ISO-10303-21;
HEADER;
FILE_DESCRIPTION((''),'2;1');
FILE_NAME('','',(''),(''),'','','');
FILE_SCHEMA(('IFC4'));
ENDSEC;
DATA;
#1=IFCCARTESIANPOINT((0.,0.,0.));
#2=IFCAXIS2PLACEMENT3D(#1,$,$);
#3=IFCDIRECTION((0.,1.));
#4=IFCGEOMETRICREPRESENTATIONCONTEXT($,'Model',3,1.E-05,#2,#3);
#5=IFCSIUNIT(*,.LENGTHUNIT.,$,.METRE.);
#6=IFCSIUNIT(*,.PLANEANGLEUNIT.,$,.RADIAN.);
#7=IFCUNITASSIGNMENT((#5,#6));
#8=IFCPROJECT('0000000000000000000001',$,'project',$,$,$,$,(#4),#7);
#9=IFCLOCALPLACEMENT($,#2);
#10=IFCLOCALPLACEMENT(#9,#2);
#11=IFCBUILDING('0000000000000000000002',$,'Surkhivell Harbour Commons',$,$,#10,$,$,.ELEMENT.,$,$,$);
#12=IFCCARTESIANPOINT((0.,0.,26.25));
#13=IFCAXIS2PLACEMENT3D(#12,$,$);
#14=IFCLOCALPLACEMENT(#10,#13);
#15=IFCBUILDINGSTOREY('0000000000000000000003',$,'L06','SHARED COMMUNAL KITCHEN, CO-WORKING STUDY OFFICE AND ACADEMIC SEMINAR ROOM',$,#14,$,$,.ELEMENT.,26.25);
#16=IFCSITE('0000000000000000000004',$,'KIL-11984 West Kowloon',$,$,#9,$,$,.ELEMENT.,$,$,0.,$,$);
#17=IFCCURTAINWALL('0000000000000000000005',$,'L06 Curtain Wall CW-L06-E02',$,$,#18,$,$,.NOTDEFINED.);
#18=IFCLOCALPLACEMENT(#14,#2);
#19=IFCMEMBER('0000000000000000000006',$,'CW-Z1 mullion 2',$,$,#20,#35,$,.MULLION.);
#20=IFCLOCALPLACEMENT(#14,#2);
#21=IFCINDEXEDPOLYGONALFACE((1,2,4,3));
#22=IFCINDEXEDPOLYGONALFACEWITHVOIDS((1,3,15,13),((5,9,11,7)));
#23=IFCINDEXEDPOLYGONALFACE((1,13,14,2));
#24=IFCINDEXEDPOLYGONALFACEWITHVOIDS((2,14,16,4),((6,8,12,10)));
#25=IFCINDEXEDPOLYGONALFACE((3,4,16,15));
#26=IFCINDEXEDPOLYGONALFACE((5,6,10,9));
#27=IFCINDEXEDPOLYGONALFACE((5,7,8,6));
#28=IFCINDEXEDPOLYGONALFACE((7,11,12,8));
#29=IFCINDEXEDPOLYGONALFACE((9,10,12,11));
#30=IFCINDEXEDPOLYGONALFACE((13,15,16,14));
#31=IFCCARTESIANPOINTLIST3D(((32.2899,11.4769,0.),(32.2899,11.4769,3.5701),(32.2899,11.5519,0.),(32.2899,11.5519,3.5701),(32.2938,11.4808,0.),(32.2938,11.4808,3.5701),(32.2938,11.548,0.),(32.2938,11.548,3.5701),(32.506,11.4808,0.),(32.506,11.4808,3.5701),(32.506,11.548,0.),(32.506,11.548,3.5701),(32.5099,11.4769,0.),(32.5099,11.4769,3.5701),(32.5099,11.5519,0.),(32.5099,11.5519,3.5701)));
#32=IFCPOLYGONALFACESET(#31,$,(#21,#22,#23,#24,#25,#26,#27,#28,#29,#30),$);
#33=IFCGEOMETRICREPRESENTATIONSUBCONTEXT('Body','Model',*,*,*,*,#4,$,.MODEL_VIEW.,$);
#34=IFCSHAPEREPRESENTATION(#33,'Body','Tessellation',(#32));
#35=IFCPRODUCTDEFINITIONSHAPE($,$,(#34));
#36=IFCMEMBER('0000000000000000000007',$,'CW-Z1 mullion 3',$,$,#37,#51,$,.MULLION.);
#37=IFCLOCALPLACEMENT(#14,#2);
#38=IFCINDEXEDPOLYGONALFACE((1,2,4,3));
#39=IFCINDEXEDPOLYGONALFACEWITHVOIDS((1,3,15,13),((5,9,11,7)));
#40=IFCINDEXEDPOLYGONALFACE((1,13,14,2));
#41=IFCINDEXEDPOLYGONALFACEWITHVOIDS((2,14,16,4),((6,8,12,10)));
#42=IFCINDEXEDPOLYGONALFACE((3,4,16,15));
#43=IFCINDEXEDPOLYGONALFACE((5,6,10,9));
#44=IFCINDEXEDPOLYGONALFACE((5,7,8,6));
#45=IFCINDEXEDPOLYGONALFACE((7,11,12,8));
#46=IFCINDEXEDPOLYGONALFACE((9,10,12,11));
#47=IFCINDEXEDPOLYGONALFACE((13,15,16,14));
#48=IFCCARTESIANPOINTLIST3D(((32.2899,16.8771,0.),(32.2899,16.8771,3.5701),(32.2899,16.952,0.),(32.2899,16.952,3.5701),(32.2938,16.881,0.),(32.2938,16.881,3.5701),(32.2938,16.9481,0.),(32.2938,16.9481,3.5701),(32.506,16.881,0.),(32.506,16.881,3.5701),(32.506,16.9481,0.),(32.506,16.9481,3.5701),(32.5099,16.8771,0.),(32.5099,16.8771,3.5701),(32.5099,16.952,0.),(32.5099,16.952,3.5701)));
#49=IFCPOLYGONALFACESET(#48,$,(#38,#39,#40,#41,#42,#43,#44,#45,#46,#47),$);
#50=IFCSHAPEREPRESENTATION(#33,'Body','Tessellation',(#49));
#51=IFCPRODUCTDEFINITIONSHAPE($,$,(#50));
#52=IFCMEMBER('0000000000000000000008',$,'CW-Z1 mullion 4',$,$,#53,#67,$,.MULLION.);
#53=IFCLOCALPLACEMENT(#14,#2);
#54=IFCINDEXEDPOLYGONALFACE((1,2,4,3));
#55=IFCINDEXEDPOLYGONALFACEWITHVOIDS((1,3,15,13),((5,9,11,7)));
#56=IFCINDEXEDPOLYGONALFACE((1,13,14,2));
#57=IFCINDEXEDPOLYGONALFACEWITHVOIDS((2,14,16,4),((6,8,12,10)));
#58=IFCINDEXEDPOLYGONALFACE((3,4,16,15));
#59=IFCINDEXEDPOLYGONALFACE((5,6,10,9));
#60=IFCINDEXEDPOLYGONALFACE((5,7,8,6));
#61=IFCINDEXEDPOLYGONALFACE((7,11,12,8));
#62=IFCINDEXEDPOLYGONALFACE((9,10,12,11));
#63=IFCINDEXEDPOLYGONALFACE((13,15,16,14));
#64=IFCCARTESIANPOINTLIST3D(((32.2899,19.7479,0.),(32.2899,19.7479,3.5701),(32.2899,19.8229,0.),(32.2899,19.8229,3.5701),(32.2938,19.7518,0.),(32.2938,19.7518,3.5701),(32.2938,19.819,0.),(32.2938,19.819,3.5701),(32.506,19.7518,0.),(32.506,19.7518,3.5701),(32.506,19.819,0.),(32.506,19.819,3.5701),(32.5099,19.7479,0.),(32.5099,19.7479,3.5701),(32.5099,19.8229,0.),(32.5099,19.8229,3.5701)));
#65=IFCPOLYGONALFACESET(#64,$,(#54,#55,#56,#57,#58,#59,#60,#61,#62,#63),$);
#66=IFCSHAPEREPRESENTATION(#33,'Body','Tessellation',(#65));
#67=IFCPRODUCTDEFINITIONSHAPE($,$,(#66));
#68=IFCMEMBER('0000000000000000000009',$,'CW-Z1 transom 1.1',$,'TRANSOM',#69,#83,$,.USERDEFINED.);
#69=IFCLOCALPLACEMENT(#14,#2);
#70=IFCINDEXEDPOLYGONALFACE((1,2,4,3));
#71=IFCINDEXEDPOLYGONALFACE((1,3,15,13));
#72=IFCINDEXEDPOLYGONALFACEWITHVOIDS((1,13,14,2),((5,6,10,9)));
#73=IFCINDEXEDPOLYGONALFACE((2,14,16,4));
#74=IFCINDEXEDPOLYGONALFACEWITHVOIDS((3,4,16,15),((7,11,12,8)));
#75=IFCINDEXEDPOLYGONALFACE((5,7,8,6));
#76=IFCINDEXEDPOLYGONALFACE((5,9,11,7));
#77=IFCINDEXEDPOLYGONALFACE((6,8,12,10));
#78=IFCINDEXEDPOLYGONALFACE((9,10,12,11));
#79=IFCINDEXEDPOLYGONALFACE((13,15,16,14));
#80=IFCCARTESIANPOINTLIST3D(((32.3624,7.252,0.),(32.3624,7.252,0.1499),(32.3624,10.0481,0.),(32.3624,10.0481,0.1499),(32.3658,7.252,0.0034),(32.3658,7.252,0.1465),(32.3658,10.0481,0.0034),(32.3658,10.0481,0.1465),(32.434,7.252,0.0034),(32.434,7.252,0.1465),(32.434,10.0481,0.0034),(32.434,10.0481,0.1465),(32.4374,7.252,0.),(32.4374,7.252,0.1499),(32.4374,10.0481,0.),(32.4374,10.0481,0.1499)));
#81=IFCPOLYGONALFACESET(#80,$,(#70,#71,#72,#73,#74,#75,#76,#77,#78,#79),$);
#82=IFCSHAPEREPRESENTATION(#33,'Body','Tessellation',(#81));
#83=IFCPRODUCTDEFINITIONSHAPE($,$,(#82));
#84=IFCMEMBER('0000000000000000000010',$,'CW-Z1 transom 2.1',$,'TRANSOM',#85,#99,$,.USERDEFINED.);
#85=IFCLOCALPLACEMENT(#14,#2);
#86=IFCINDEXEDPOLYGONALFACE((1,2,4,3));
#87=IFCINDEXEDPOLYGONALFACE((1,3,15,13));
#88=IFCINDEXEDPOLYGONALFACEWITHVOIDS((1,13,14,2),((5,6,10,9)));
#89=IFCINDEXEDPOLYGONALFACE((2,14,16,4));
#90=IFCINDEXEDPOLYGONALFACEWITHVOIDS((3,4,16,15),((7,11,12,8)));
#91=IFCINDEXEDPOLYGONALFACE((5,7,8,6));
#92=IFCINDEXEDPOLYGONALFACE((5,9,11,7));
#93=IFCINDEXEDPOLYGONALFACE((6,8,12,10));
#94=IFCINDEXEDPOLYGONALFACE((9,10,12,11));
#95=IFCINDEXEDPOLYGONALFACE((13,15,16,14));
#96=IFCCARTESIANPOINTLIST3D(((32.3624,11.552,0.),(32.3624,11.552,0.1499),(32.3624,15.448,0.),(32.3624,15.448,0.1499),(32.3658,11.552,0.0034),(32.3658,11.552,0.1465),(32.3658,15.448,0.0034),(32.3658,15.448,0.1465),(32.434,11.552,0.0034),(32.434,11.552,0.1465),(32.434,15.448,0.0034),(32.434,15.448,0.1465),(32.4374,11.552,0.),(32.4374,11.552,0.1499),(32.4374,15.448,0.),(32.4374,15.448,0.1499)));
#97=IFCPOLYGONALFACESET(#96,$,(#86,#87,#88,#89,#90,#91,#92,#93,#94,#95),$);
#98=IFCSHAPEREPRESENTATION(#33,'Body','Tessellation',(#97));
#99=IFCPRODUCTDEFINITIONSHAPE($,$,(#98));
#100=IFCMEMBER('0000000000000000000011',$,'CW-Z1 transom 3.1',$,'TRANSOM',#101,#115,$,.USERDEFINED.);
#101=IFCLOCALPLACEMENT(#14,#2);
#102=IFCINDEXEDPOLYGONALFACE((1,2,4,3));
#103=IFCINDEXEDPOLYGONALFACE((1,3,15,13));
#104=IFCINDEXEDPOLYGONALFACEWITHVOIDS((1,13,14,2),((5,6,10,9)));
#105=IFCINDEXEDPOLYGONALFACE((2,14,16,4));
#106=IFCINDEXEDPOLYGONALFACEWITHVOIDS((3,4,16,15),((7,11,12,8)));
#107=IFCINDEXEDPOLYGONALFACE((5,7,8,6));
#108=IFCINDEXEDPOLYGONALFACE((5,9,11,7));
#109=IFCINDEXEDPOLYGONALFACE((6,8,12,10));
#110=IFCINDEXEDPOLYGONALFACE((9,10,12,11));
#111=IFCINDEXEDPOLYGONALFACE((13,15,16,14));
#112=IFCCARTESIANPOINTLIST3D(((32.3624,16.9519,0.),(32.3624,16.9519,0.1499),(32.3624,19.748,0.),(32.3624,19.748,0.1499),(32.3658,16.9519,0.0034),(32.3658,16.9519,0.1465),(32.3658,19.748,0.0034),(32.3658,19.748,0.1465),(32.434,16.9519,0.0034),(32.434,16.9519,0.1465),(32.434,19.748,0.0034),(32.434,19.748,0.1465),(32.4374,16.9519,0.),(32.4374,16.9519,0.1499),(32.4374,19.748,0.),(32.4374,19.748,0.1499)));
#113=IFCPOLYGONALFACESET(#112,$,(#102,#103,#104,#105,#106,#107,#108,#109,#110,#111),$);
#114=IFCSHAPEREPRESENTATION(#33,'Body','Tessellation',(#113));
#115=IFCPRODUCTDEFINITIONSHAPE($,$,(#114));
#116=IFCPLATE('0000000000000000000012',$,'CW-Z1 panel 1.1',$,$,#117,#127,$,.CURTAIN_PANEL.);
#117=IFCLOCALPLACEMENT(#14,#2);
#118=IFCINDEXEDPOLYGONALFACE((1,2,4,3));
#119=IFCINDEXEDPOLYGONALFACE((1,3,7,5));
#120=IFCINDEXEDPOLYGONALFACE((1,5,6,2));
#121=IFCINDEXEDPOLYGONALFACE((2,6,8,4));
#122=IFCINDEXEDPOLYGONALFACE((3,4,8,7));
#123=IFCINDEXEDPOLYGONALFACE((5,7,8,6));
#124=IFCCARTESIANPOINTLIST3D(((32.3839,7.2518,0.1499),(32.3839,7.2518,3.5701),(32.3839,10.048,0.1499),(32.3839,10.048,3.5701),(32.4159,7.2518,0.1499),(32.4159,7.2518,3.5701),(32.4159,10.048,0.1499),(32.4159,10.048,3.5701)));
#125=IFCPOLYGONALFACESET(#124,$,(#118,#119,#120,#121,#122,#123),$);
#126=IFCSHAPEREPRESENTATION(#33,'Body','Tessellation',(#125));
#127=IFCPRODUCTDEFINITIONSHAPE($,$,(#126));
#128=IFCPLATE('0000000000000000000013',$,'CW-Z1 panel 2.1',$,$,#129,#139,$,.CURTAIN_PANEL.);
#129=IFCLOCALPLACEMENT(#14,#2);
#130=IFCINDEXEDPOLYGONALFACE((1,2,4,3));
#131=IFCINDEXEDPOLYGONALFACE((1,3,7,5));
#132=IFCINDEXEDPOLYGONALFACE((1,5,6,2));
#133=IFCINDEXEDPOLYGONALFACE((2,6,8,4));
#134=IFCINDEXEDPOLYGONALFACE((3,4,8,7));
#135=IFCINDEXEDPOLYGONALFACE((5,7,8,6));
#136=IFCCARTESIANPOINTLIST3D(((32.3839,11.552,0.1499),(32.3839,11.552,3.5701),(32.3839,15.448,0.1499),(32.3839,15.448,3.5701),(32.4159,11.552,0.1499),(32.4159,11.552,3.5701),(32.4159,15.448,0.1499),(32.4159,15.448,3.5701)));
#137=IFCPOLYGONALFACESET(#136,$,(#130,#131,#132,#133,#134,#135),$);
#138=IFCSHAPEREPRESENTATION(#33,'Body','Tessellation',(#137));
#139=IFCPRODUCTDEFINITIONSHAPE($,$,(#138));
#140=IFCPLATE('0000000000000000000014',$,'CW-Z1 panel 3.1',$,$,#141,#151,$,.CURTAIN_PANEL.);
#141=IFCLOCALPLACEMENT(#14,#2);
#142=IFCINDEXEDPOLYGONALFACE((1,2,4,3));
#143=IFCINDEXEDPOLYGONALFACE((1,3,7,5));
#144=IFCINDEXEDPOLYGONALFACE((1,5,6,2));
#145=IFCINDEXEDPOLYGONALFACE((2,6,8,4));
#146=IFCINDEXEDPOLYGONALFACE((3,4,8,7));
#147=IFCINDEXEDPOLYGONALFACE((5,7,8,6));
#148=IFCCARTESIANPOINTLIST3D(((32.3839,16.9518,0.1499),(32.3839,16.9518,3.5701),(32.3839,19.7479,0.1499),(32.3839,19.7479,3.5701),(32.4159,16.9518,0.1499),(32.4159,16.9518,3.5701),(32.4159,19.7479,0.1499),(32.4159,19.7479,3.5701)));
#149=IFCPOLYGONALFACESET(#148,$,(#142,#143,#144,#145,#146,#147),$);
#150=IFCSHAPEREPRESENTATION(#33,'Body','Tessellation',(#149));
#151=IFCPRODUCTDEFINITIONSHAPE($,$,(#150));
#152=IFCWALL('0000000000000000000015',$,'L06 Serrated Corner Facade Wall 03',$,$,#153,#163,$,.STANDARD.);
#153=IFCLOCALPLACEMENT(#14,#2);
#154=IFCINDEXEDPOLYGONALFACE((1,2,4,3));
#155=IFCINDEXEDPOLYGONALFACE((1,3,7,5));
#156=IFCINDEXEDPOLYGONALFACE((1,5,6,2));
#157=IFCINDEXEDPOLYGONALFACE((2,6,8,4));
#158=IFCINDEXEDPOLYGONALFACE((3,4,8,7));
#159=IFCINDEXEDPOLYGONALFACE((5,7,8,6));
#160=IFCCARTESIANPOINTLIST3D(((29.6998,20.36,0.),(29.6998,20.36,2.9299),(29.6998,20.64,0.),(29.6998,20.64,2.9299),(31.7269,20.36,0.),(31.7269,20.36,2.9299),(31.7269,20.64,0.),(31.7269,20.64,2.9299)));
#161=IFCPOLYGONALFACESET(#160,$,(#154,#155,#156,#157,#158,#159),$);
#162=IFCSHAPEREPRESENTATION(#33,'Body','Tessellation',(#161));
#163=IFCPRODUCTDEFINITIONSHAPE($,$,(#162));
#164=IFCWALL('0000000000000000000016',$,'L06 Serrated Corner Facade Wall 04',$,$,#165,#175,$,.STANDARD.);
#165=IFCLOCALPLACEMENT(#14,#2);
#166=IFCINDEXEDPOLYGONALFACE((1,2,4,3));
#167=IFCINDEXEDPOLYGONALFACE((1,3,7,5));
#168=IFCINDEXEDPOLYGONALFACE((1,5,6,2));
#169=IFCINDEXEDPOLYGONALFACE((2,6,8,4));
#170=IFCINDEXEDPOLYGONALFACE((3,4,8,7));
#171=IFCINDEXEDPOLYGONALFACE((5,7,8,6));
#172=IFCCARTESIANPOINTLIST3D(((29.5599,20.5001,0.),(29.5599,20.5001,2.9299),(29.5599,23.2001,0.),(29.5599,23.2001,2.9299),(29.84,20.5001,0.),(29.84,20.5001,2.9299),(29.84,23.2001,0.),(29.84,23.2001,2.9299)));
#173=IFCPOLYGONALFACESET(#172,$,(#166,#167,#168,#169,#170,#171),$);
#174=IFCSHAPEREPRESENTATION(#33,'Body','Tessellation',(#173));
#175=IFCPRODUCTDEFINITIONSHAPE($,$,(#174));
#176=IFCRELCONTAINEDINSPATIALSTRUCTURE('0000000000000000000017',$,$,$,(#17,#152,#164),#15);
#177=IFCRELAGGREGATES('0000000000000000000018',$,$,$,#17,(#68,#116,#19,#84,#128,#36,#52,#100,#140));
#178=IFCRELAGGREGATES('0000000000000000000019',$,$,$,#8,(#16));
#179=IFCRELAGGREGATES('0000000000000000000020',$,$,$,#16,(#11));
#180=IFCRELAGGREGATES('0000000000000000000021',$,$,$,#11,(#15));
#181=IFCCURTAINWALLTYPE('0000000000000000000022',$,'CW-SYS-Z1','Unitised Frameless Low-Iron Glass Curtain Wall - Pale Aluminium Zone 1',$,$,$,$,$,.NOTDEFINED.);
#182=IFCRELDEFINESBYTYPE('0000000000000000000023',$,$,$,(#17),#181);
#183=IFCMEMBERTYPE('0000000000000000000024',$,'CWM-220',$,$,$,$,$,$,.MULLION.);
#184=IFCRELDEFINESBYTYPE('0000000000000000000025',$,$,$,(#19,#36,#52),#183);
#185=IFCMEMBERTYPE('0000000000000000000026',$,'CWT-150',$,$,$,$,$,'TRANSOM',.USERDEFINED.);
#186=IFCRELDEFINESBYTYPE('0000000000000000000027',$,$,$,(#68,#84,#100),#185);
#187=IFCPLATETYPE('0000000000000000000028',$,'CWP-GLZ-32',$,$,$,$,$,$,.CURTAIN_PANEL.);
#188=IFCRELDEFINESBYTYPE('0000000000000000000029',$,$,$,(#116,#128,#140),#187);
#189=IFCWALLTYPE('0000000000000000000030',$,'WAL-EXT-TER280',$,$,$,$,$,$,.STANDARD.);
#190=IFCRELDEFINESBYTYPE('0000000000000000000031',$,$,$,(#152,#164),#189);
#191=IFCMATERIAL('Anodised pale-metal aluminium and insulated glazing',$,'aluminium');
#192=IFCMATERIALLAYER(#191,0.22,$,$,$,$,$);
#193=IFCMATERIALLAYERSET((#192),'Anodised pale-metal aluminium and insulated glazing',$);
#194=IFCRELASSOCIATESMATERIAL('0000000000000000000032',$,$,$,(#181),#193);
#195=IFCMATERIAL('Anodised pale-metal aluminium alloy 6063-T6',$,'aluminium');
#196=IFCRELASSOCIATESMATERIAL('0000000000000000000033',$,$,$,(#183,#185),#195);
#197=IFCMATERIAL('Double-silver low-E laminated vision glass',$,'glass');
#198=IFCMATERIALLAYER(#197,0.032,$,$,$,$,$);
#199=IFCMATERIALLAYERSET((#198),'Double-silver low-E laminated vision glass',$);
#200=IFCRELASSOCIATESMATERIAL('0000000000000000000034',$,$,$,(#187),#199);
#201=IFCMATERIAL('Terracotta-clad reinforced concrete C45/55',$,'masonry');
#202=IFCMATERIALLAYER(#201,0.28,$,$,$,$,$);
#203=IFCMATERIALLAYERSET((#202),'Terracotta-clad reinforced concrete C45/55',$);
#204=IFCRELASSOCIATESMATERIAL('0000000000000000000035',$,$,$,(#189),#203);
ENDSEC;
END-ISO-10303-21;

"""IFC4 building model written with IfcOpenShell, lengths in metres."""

from ifc_helpers import new_model, si_unit, direction, frame, frame_2d, origin, origin_2d, place, context, subcontext, project, spatial, rectangle, hollow_rectangle, extrude, material, layer, layer_set, material_profile, profile_set, type_object, element, aggregate, save


model = new_model("IFC4")

# Units and contexts
model_context = context("Model", 3, precision=1e-05, world=origin(), true_north=direction((0.0, 1.0)))
body_context = subcontext(model_context, "Body", "Model", "MODEL_VIEW")
ifc_project = project(units=[si_unit("LENGTHUNIT", "METRE"), si_unit("PLANEANGLEUNIT", "RADIAN")], contexts=[model_context])

# Site, building, storey
site_placement = place(None, origin())
site = spatial("IfcSite", under=ifc_project, at=site_placement, Name="KIL-11984 West Kowloon", CompositionType="ELEMENT", RefElevation=0.0)
building_placement = place(site_placement, origin())
building = spatial("IfcBuilding", under=site, at=building_placement, Name="Surkhivell Harbour Commons", CompositionType="ELEMENT")
storey_placement = place(building_placement, frame((0.0, 0.0, 26.25)))
storey = spatial("IfcBuildingStorey", under=building, at=storey_placement, Name="L06", Description="SHARED COMMUNAL KITCHEN, CO-WORKING STUDY OFFICE AND ACADEMIC SEMINAR ROOM", CompositionType="ELEMENT", Elevation=26.25)

# Shared definitions
ifc_material_1 = material(Name="Anodised pale-metal aluminium and insulated glazing", Category="aluminium")
ifc_layer_1 = layer(ifc_material_1, 0.22)
ifc_layer_set_1 = layer_set([ifc_layer_1], Name="Anodised pale-metal aluminium and insulated glazing")
curtain_wall_type = type_object("IfcCurtainWallType", Name="CW-SYS-Z1", Description="Unitised Frameless Low-Iron Glass Curtain Wall - Pale Aluminium Zone 1", PredefinedType="NOTDEFINED", material=ifc_layer_set_1)
ifc_material_2 = material(Name="Anodised pale-metal aluminium alloy 6063-T6", Category="aluminium")
ifc_material_profile_1 = material_profile(ifc_material_2, hollow_rectangle(XDim=0.075, YDim=0.22, WallThickness=0.0039, at=origin_2d()), Name="ALU-MULL-75x220")
ifc_profile_set_1 = profile_set([ifc_material_profile_1], Name="Anodised pale-metal aluminium alloy 6063-T6")
member_type_1 = type_object("IfcMemberType", Name="CWM-220", PredefinedType="MULLION", material=ifc_profile_set_1)

# Curtain wall, members, plates
curtain_wall_1_placement = place(storey_placement, origin())
curtain_wall_1 = element("IfcCurtainWall", 1, at=curtain_wall_1_placement, inside=storey, type_object=curtain_wall_type, Name="L06 Curtain Wall CW-L06-E02", PredefinedType="NOTDEFINED")
member_1_placement = place(storey_placement, frame((32.3999, 11.5144, 0.0), z_axis=(0.0, 0.0, 1.0), x_axis=(0.0, 1.0, 0.0)))
member_1 = element("IfcMember", 2, at=member_1_placement, type_object=member_type_1, Name="CW-Z1 mullion 2", PredefinedType="MULLION", context=body_context, shape_type="SweptSolid", body=[
    extrude(hollow_rectangle(XDim=0.075, YDim=0.22, WallThickness=0.0039, at=origin_2d()), origin(), (0.0, 0.0, 1.0), 3.5701),
])
member_2_placement = place(storey_placement, frame((32.3999, 16.9146, 0.0), z_axis=(0.0, 0.0, 1.0), x_axis=(0.0, 1.0, 0.0)))
member_2 = element("IfcMember", 3, at=member_2_placement, type_object=member_type_1, Name="CW-Z1 mullion 3", PredefinedType="MULLION", context=body_context, shape_type="SweptSolid", body=[
    extrude(hollow_rectangle(XDim=0.075, YDim=0.22, WallThickness=0.0039, at=origin_2d()), origin(), (0.0, 0.0, 1.0), 3.5701),
])
member_3_placement = place(storey_placement, frame((32.3999, 19.7854, 0.0), z_axis=(0.0, 0.0, 1.0), x_axis=(0.0, 1.0, 0.0)))
member_3 = element("IfcMember", 4, at=member_3_placement, type_object=member_type_1, Name="CW-Z1 mullion 4", PredefinedType="MULLION", context=body_context, shape_type="SweptSolid", body=[
    extrude(hollow_rectangle(XDim=0.075, YDim=0.22, WallThickness=0.0039, at=origin_2d()), origin(), (0.0, 0.0, 1.0), 3.5701),
])
ifc_material_profile_2 = material_profile(ifc_material_2, hollow_rectangle(XDim=0.075, YDim=0.1499, WallThickness=0.0034, at=origin_2d()), Name="ALU-TRAN-75x150")
ifc_profile_set_2 = profile_set([ifc_material_profile_2], Name="Anodised pale-metal aluminium alloy 6063-T6")
member_type_2 = type_object("IfcMemberType", Name="CWT-150", ElementType="TRANSOM", PredefinedType="USERDEFINED", material=ifc_profile_set_2)
member_4_placement = place(storey_placement, frame((32.3999, 7.252, 0.075), z_axis=(0.0, 1.0, 0.0), x_axis=(-1.0, 0.0, 0.0)))
member_4 = element("IfcMember", 5, at=member_4_placement, type_object=member_type_2, Name="CW-Z1 transom 1.1", ObjectType="TRANSOM", PredefinedType="USERDEFINED", context=body_context, shape_type="SweptSolid", body=[
    extrude(hollow_rectangle(XDim=0.075, YDim=0.1499, WallThickness=0.0034, at=origin_2d()), origin(), (0.0, 0.0, 1.0), 2.7961),
])
member_5_placement = place(storey_placement, frame((32.3999, 11.552, 0.075), z_axis=(0.0, 1.0, 0.0), x_axis=(-1.0, 0.0, 0.0)))
member_5 = element("IfcMember", 6, at=member_5_placement, type_object=member_type_2, Name="CW-Z1 transom 2.1", ObjectType="TRANSOM", PredefinedType="USERDEFINED", context=body_context, shape_type="SweptSolid", body=[
    extrude(hollow_rectangle(XDim=0.075, YDim=0.1499, WallThickness=0.0034, at=origin_2d()), origin(), (0.0, 0.0, 1.0), 3.896),
])
member_6_placement = place(storey_placement, frame((32.3999, 16.9519, 0.075), z_axis=(0.0, 1.0, 0.0), x_axis=(-1.0, 0.0, 0.0)))
member_6 = element("IfcMember", 7, at=member_6_placement, type_object=member_type_2, Name="CW-Z1 transom 3.1", ObjectType="TRANSOM", PredefinedType="USERDEFINED", context=body_context, shape_type="SweptSolid", body=[
    extrude(hollow_rectangle(XDim=0.075, YDim=0.1499, WallThickness=0.0034, at=origin_2d()), origin(), (0.0, 0.0, 1.0), 2.7961),
])
ifc_material_3 = material(Name="Double-silver low-E laminated vision glass", Category="glass")
ifc_layer_2 = layer(ifc_material_3, 0.032)
ifc_layer_set_2 = layer_set([ifc_layer_2], Name="Double-silver low-E laminated vision glass")
plate_type = type_object("IfcPlateType", Name="CWP-GLZ-32", PredefinedType="CURTAIN_PANEL", material=ifc_layer_set_2)
plate_1_placement = place(storey_placement, frame((32.3999, 7.252, 0.1499), z_axis=(0.0, 0.0, 1.0), x_axis=(0.0, 1.0, 0.0)))
plate_1 = element("IfcPlate", 8, at=plate_1_placement, type_object=plate_type, Name="CW-Z1 panel 1.1", PredefinedType="CURTAIN_PANEL", context=body_context, shape_type="SweptSolid", body=[
    extrude(rectangle(XDim=2.7961, YDim=0.032, at=frame_2d((1.3979, 0.0))), origin(), (0.0, 0.0, 1.0), 3.4202),
])
plate_2_placement = place(storey_placement, frame((32.3999, 11.552, 0.1499), z_axis=(0.0, 0.0, 1.0), x_axis=(0.0, 1.0, 0.0)))
plate_2 = element("IfcPlate", 9, at=plate_2_placement, type_object=plate_type, Name="CW-Z1 panel 2.1", PredefinedType="CURTAIN_PANEL", context=body_context, shape_type="SweptSolid", body=[
    extrude(rectangle(XDim=3.896, YDim=0.032, at=frame_2d((1.948, 0.0))), origin(), (0.0, 0.0, 1.0), 3.4202),
])
plate_3_placement = place(storey_placement, frame((32.3999, 16.9519, 0.1499), z_axis=(0.0, 0.0, 1.0), x_axis=(0.0, 1.0, 0.0)))
plate_3 = element("IfcPlate", 10, at=plate_3_placement, type_object=plate_type, Name="CW-Z1 panel 3.1", PredefinedType="CURTAIN_PANEL", context=body_context, shape_type="SweptSolid", body=[
    extrude(rectangle(XDim=2.7961, YDim=0.032, at=frame_2d((1.3979, 0.0))), origin(), (0.0, 0.0, 1.0), 3.4202),
])
aggregate(curtain_wall_1, [member_4, plate_1, member_1, member_5, plate_2, member_2, member_3, member_6, plate_3])

# Walls
ifc_material_4 = material(Name="Terracotta-clad reinforced concrete C45/55", Category="masonry")
ifc_layer_3 = layer(ifc_material_4, 0.28)
ifc_layer_set_3 = layer_set([ifc_layer_3], Name="Terracotta-clad reinforced concrete C45/55")
wall_type = type_object("IfcWallType", Name="WAL-EXT-TER280", PredefinedType="STANDARD", material=ifc_layer_set_3)
wall_1_placement = place(storey_placement, frame((31.7271, 20.5, 0.0), z_axis=(0.0, 0.0, 1.0), x_axis=(-1.0, 0.0, 0.0)))
element("IfcWall", 11, at=wall_1_placement, inside=storey, type_object=wall_type, Name="L06 Serrated Corner Facade Wall 03", PredefinedType="STANDARD", context=body_context, shape_type="SweptSolid", body=[
    extrude(rectangle(XDim=2.0271, YDim=0.28, at=frame_2d((1.0137, 0.0))), origin(), (0.0, 0.0, 1.0), 2.9299),
])
wall_2_placement = place(storey_placement, frame((29.7, 20.5, 0.0), z_axis=(0.0, 0.0, 1.0), x_axis=(0.0, 1.0, 0.0)))
element("IfcWall", 12, at=wall_2_placement, inside=storey, type_object=wall_type, Name="L06 Serrated Corner Facade Wall 04", PredefinedType="STANDARD", context=body_context, shape_type="SweptSolid", body=[
    extrude(rectangle(XDim=2.7, YDim=0.28, at=frame_2d((1.3501, 0.0))), origin(), (0.0, 0.0, 1.0), 2.9299),
])

save(model, "model.ifc")
